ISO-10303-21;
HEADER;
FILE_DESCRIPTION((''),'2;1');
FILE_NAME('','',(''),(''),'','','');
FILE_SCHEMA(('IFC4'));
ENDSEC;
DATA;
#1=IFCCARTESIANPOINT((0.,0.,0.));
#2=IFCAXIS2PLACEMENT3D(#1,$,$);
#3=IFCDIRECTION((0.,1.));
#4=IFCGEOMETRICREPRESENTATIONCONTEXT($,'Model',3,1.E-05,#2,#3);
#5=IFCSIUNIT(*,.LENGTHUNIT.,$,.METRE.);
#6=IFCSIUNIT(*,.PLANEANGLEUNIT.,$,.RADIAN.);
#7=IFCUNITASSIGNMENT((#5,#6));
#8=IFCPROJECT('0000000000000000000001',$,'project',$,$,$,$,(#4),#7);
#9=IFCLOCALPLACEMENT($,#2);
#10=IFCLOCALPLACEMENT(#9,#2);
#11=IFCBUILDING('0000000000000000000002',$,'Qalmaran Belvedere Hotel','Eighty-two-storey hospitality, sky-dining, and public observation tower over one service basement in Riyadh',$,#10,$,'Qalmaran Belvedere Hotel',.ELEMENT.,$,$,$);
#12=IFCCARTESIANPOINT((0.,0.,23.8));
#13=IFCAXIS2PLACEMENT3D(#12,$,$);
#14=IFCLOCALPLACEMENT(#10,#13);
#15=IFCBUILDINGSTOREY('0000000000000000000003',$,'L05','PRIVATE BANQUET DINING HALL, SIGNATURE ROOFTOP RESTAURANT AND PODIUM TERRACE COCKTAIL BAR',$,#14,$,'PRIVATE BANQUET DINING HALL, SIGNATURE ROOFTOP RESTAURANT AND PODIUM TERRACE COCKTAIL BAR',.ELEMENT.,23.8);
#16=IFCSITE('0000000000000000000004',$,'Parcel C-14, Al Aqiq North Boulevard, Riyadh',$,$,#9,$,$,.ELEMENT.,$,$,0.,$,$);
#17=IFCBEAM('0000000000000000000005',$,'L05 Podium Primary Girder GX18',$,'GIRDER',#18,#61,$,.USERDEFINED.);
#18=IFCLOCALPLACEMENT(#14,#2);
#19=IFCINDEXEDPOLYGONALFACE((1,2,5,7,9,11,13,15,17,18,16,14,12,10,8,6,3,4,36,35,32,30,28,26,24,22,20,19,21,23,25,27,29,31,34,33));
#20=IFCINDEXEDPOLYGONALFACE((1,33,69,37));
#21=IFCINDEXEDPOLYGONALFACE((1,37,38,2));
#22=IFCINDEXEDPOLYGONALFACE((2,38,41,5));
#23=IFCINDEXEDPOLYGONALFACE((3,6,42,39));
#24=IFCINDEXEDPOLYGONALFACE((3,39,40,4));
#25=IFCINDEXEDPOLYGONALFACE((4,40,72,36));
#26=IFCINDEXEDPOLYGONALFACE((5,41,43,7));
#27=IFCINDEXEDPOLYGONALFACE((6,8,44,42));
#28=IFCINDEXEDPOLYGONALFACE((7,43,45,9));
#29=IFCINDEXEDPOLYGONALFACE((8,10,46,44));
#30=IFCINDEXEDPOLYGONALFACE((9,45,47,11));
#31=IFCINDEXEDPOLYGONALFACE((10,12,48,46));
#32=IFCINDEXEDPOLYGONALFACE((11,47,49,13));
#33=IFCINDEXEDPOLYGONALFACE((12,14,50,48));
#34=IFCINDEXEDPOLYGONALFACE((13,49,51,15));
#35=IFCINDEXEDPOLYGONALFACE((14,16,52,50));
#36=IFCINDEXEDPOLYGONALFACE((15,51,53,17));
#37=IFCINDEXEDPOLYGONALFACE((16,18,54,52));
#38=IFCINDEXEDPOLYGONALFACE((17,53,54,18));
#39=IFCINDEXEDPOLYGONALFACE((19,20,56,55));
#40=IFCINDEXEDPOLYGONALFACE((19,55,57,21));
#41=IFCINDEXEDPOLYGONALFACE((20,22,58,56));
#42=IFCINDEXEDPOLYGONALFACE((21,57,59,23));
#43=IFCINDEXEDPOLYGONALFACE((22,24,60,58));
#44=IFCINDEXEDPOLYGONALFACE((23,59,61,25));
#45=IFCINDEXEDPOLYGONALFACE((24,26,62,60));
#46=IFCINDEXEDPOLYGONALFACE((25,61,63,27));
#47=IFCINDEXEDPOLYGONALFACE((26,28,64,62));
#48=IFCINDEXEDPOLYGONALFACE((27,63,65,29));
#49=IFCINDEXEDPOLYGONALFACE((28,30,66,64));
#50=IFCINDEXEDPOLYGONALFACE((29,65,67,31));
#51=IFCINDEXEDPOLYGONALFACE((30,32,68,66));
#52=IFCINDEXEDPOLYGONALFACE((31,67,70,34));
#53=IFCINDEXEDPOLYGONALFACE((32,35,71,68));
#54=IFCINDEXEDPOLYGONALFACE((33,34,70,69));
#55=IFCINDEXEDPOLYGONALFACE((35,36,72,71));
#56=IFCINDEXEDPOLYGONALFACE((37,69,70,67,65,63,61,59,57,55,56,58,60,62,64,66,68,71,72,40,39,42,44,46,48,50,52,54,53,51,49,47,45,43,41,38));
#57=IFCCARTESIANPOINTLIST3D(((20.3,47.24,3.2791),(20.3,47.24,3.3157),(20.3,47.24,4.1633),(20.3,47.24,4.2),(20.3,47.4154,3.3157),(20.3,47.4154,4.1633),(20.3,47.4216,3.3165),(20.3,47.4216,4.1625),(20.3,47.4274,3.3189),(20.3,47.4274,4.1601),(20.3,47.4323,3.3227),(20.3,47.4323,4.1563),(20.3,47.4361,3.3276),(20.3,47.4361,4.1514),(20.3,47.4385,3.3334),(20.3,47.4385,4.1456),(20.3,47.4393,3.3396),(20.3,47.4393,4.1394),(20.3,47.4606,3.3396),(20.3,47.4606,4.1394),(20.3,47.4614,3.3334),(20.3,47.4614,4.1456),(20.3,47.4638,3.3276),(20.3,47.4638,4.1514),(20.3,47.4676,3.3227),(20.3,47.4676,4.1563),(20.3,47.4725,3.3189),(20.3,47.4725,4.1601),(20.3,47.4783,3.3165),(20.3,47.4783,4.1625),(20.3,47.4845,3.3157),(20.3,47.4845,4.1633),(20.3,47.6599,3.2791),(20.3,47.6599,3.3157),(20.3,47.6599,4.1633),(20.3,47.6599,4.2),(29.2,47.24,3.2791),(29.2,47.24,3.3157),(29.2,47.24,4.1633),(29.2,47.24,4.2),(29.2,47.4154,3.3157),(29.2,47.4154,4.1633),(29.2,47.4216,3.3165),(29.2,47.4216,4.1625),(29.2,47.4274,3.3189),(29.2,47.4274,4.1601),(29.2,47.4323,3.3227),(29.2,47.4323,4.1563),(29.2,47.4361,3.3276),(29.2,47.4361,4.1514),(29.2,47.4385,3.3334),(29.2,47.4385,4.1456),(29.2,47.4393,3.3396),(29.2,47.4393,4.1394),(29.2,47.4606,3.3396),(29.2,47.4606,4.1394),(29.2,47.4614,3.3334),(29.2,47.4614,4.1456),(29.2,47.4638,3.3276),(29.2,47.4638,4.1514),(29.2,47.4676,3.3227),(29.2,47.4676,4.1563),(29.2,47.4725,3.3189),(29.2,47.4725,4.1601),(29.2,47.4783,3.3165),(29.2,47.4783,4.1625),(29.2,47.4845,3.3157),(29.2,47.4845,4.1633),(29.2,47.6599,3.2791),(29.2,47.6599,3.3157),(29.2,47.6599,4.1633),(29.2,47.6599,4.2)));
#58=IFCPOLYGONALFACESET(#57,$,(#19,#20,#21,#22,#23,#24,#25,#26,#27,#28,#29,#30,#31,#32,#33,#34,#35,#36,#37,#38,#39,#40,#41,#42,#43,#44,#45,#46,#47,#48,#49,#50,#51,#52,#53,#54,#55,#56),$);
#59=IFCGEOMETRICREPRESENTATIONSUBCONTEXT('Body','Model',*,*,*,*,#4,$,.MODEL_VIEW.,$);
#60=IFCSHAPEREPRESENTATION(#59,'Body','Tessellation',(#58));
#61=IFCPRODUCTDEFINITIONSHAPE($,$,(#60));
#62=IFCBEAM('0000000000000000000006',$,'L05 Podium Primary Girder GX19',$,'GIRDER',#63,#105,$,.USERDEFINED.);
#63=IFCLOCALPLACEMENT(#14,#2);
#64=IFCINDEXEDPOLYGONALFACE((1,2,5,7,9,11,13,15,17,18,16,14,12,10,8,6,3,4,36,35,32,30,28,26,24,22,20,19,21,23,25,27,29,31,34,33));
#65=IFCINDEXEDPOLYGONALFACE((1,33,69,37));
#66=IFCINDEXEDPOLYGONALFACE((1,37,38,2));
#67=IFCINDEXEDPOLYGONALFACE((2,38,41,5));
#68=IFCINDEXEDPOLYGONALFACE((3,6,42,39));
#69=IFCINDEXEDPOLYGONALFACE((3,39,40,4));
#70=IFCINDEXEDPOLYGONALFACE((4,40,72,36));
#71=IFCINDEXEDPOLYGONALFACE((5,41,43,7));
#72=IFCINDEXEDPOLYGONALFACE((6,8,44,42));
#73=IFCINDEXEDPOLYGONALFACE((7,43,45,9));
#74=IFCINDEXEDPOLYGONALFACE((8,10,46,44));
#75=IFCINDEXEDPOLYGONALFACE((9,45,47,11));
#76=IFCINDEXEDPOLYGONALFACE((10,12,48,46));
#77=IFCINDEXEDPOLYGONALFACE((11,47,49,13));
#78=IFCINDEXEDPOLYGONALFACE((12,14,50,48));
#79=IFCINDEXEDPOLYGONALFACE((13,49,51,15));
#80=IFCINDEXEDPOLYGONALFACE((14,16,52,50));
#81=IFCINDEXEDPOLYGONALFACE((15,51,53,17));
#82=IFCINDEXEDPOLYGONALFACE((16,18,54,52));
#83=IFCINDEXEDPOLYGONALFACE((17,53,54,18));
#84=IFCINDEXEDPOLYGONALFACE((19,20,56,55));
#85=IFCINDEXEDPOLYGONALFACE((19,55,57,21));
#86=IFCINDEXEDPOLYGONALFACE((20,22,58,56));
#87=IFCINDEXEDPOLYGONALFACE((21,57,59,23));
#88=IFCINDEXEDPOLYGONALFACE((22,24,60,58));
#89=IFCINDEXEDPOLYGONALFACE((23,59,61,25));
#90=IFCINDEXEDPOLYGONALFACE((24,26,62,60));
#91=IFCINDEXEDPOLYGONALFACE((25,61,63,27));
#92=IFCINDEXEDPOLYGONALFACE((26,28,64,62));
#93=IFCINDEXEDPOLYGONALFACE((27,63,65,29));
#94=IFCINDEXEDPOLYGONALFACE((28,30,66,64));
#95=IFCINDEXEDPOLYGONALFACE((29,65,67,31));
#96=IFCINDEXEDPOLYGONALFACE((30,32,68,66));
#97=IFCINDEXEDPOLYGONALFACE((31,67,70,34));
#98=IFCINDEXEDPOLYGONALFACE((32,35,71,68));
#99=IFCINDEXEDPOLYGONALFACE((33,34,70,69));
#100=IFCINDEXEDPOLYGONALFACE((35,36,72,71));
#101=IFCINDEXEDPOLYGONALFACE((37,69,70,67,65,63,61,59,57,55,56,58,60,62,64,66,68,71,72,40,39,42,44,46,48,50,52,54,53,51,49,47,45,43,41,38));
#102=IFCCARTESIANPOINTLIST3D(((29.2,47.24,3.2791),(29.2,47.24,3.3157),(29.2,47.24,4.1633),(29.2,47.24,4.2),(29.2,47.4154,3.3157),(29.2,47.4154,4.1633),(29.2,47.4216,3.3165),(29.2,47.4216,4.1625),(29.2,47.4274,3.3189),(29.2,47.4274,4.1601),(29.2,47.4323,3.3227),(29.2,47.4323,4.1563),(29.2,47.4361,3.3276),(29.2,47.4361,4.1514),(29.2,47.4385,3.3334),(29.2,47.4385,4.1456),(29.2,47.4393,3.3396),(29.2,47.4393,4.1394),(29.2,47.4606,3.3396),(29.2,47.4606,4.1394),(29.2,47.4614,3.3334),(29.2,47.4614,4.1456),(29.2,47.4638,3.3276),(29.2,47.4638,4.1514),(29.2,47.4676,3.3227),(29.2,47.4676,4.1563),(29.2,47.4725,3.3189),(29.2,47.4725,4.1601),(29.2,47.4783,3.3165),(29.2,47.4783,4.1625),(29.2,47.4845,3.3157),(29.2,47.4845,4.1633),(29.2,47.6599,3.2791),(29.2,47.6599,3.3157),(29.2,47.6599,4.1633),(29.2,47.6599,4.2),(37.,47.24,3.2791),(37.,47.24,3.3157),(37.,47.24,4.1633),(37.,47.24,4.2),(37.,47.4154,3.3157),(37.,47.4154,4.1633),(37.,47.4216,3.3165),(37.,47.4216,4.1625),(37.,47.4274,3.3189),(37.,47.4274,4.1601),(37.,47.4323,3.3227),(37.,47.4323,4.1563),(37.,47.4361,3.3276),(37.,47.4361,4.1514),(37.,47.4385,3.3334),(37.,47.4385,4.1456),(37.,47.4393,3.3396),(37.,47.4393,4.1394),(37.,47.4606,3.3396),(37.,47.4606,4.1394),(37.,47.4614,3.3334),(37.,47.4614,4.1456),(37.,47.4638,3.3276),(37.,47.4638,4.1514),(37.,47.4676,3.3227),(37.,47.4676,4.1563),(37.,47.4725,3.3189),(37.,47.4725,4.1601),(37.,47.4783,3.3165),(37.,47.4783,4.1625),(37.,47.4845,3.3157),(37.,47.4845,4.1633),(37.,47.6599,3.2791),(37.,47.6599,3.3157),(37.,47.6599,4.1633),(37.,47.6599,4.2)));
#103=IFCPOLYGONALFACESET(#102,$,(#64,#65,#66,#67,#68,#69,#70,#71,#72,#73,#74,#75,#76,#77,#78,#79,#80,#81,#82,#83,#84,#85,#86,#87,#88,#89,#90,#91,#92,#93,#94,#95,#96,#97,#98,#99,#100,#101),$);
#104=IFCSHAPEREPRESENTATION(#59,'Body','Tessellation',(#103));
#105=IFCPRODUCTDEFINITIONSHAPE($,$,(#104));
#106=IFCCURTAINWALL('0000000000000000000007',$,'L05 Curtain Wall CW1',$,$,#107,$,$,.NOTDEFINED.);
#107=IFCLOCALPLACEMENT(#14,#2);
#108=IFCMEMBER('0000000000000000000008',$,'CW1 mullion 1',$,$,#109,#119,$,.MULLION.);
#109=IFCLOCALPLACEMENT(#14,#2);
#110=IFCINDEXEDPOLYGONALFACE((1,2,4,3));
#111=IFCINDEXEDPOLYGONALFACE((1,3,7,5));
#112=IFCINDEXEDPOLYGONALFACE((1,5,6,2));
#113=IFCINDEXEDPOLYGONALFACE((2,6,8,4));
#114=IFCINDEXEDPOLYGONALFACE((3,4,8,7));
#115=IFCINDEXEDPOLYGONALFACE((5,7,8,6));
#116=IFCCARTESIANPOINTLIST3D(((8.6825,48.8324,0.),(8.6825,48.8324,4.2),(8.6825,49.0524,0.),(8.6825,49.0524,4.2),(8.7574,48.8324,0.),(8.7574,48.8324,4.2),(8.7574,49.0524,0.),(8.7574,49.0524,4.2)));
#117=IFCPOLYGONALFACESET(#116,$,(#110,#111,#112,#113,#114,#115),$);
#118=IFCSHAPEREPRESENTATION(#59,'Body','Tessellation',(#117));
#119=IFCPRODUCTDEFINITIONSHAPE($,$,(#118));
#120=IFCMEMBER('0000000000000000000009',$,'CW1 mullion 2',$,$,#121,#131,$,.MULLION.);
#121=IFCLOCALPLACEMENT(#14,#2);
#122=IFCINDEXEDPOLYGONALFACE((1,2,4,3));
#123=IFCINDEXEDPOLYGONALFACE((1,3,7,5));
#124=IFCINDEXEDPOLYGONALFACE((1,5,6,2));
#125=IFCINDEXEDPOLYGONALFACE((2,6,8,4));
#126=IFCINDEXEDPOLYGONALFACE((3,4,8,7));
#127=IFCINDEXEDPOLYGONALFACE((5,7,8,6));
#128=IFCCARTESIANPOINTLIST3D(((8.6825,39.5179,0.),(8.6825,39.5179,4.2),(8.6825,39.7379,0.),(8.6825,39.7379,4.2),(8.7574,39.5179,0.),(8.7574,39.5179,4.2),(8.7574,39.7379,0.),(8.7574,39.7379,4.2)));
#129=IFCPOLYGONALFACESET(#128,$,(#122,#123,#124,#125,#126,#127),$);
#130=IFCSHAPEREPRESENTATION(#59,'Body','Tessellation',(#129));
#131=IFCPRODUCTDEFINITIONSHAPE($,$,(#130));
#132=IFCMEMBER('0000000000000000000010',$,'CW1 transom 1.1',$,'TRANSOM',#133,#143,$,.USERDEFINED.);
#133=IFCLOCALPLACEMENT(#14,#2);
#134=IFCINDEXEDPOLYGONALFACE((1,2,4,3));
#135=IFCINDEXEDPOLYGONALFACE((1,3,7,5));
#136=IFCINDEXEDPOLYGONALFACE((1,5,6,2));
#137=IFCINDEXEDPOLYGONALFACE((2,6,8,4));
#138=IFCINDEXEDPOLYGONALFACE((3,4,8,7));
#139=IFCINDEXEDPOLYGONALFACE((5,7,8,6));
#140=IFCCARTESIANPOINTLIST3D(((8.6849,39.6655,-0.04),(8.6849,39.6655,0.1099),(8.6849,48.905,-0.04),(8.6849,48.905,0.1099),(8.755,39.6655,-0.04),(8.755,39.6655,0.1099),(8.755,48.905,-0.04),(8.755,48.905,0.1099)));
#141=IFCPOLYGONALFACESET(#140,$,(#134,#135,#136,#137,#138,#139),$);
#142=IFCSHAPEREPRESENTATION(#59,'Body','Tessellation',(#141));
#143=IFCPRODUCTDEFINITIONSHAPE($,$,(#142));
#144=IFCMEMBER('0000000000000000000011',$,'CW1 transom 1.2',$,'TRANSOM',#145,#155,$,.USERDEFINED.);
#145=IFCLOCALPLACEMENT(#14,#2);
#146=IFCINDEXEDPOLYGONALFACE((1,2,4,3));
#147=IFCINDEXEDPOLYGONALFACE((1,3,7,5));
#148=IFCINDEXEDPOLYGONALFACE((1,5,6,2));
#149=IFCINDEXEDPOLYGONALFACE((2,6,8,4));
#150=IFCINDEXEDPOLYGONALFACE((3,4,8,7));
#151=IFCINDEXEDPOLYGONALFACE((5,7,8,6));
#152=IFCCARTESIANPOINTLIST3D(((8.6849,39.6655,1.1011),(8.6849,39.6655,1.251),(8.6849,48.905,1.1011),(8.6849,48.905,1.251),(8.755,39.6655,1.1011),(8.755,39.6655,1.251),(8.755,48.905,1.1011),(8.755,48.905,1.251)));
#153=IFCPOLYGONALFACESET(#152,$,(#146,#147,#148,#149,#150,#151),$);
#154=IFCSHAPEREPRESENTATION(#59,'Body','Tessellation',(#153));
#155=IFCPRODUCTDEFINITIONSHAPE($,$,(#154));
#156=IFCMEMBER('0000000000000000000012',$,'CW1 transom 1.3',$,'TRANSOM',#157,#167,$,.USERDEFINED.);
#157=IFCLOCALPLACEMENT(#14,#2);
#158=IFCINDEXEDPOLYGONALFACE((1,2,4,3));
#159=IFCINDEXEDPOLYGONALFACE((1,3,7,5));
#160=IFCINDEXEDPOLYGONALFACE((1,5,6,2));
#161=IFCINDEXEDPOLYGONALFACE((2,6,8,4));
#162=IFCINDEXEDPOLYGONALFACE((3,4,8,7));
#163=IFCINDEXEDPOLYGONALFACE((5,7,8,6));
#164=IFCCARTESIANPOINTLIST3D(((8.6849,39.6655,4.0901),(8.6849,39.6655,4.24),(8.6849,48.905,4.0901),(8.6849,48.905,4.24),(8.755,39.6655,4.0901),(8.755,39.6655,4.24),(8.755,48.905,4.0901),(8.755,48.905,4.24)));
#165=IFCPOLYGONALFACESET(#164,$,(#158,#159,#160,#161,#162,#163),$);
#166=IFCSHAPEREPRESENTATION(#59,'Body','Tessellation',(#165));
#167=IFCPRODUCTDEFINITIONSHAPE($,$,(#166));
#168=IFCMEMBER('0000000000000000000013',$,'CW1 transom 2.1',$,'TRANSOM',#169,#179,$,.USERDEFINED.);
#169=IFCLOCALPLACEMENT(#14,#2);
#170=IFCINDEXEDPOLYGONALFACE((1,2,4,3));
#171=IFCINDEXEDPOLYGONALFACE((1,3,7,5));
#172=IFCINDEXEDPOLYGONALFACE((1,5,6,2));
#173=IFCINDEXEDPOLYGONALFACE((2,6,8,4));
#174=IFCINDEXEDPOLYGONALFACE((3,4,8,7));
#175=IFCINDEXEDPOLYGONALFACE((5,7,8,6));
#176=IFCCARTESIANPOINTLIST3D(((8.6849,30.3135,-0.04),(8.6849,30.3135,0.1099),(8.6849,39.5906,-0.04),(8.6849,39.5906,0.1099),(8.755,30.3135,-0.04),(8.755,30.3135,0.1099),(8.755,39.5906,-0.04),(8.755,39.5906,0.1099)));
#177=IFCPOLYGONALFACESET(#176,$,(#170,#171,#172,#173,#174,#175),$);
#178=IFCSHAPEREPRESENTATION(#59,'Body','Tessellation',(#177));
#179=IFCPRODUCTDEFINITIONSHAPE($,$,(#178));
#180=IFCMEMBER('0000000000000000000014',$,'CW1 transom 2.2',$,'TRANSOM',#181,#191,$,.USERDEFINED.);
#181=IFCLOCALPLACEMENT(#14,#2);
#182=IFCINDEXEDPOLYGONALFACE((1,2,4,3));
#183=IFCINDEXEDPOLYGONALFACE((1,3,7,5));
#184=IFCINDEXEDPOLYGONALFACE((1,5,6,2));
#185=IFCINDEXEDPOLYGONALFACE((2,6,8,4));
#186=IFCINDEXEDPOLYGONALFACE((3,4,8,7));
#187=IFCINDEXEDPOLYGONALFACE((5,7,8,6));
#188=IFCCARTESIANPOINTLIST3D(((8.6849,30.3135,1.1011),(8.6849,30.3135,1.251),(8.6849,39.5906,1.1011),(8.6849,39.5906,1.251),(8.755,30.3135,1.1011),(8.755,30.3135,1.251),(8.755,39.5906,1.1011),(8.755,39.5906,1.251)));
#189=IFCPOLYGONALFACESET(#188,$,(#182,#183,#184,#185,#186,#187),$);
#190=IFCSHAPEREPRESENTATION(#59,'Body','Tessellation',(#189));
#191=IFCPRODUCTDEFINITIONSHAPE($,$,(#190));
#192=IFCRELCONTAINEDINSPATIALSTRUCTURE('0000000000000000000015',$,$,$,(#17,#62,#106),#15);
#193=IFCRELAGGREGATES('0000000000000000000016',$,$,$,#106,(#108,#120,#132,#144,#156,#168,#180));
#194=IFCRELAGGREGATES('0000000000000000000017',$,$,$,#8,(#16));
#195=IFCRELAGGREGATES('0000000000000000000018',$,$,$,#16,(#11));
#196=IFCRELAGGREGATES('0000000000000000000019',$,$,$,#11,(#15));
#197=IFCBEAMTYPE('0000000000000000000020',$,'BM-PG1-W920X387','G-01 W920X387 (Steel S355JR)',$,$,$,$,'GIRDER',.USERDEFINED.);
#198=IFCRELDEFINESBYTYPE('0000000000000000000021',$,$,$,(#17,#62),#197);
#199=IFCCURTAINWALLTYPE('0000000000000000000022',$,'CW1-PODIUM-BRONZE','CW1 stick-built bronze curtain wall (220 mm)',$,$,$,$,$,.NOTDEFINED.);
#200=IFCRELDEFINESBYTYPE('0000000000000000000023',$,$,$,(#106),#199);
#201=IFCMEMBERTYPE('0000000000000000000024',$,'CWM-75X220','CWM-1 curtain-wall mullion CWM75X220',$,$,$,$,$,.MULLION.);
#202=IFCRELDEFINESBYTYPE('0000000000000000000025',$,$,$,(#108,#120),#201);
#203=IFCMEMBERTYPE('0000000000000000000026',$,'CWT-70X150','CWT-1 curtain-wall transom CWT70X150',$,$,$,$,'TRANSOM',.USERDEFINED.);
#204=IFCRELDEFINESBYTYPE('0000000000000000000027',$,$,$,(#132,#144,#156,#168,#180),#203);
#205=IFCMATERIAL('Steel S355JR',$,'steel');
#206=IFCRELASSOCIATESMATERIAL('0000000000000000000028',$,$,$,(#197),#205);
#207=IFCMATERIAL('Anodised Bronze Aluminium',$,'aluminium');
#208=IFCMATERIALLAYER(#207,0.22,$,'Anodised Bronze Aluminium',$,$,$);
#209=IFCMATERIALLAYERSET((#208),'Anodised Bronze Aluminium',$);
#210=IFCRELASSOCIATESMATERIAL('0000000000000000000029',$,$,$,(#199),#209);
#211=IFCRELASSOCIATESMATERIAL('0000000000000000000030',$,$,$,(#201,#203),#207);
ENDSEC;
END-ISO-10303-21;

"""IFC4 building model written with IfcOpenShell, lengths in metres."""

from ifc_helpers import new_model, si_unit, direction, frame, origin, origin_2d, place, context, subcontext, project, spatial, rectangle, i_section, extrude, material, layer, layer_set, material_profile, profile_set, type_object, element, aggregate, save


model = new_model("IFC4")

# Units and contexts
model_context = context("Model", 3, precision=1e-05, world=origin(), true_north=direction((0.0, 1.0)))
body_context = subcontext(model_context, "Body", "Model", "MODEL_VIEW")
ifc_project = project(units=[si_unit("LENGTHUNIT", "METRE"), si_unit("PLANEANGLEUNIT", "RADIAN")], contexts=[model_context])

# Site, building, storey
site_placement = place(None, origin())
site = spatial("IfcSite", under=ifc_project, at=site_placement, Name="Parcel C-14, Al Aqiq North Boulevard, Riyadh", CompositionType="ELEMENT", RefElevation=0.0)
building_placement = place(site_placement, origin())
building = spatial("IfcBuilding", under=site, at=building_placement, Name="Qalmaran Belvedere Hotel", Description="Eighty-two-storey hospitality, sky-dining, and public observation tower over one service basement in Riyadh", LongName="Qalmaran Belvedere Hotel", CompositionType="ELEMENT")
storey_placement = place(building_placement, frame((0.0, 0.0, 23.8)))
storey = spatial("IfcBuildingStorey", under=building, at=storey_placement, Name="L05", Description="PRIVATE BANQUET DINING HALL, SIGNATURE ROOFTOP RESTAURANT AND PODIUM TERRACE COCKTAIL BAR", LongName="PRIVATE BANQUET DINING HALL, SIGNATURE ROOFTOP RESTAURANT AND PODIUM TERRACE COCKTAIL BAR", CompositionType="ELEMENT", Elevation=23.8)

# Beams
ifc_material_1 = material(Name="Steel S355JR", Category="steel")
ifc_material_profile_1 = material_profile(ifc_material_1, i_section(OverallWidth=0.4199, OverallDepth=0.9209, WebThickness=0.0212, FlangeThickness=0.0366, FilletRadius=0.0239, at=origin_2d()), Name="W920X387")
ifc_profile_set_1 = profile_set([ifc_material_profile_1], Name="Steel S355JR")
beam_type_1 = type_object("IfcBeamType", Name="BM-PG1-W920X387", Description="G-01 W920X387 (Steel S355JR)", ElementType="GIRDER", PredefinedType="USERDEFINED", material=ifc_profile_set_1)
beam_1_placement = place(storey_placement, frame((20.3, 47.45, 3.7395), z_axis=(1.0, 0.0, 0.0), x_axis=(0.0, 1.0, 0.0)))
element("IfcBeam", 1, at=beam_1_placement, inside=storey, type_object=beam_type_1, Name="L05 Podium Primary Girder GX18", ObjectType="GIRDER", PredefinedType="USERDEFINED", context=body_context, shape_type="SweptSolid", body=[
    extrude(i_section(OverallWidth=0.4199, OverallDepth=0.9209, WebThickness=0.0212, FlangeThickness=0.0366, FilletRadius=0.0239, at=origin_2d()), origin(), (0.0, 0.0, 1.0), 8.8999),
])
beam_2_placement = place(storey_placement, frame((29.2, 47.45, 3.7395), z_axis=(1.0, 0.0, 0.0), x_axis=(0.0, 1.0, 0.0)))
element("IfcBeam", 2, at=beam_2_placement, inside=storey, type_object=beam_type_1, Name="L05 Podium Primary Girder GX19", ObjectType="GIRDER", PredefinedType="USERDEFINED", context=body_context, shape_type="SweptSolid", body=[
    extrude(i_section(OverallWidth=0.4199, OverallDepth=0.9209, WebThickness=0.0212, FlangeThickness=0.0366, FilletRadius=0.0239, at=origin_2d()), origin(), (0.0, 0.0, 1.0), 7.8),
])

# Curtain wall, members
ifc_material_2 = material(Name="Anodised Bronze Aluminium", Category="aluminium")
ifc_layer_1 = layer(ifc_material_2, 0.22, Name="Anodised Bronze Aluminium")
ifc_layer_set_1 = layer_set([ifc_layer_1], Name="Anodised Bronze Aluminium")
curtain_wall_type = type_object("IfcCurtainWallType", Name="CW1-PODIUM-BRONZE", Description="CW1 stick-built bronze curtain wall (220 mm)", PredefinedType="NOTDEFINED", material=ifc_layer_set_1)
curtain_wall_placement = place(storey_placement, origin())
curtain_wall = element("IfcCurtainWall", 3, at=curtain_wall_placement, inside=storey, type_object=curtain_wall_type, Name="L05 Curtain Wall CW1", PredefinedType="NOTDEFINED")
ifc_material_profile_2 = material_profile(ifc_material_2, rectangle(XDim=0.075, YDim=0.22, at=origin_2d()), Name="CWM75X220")
ifc_profile_set_2 = profile_set([ifc_material_profile_2], Name="Anodised Bronze Aluminium")
member_type_1 = type_object("IfcMemberType", Name="CWM-75X220", Description="CWM-1 curtain-wall mullion CWM75X220", PredefinedType="MULLION", material=ifc_profile_set_2)
member_1_placement = place(storey_placement, frame((8.72, 48.9424, 0.0), z_axis=(0.0, 0.0, 1.0), x_axis=(1.0, 0.0, 0.0)))
member_1 = element("IfcMember", 4, at=member_1_placement, type_object=member_type_1, Name="CW1 mullion 1", PredefinedType="MULLION", context=body_context, shape_type="SweptSolid", body=[
    extrude(rectangle(XDim=0.075, YDim=0.22, at=origin_2d()), origin(), (0.0, 0.0, 1.0), 4.2),
])
member_2_placement = place(storey_placement, frame((8.72, 39.6279, 0.0), z_axis=(0.0, 0.0, 1.0), x_axis=(1.0, 0.0, 0.0)))
member_2 = element("IfcMember", 5, at=member_2_placement, type_object=member_type_1, Name="CW1 mullion 2", PredefinedType="MULLION", context=body_context, shape_type="SweptSolid", body=[
    extrude(rectangle(XDim=0.075, YDim=0.22, at=origin_2d()), origin(), (0.0, 0.0, 1.0), 4.2),
])
ifc_material_profile_3 = material_profile(ifc_material_2, rectangle(XDim=0.0701, YDim=0.1499, at=origin_2d()), Name="CWT70X150")
ifc_profile_set_3 = profile_set([ifc_material_profile_3], Name="Anodised Bronze Aluminium")
member_type_2 = type_object("IfcMemberType", Name="CWT-70X150", Description="CWT-1 curtain-wall transom CWT70X150", ElementType="TRANSOM", PredefinedType="USERDEFINED", material=ifc_profile_set_3)
member_3_placement = place(storey_placement, frame((8.72, 48.905, 0.0349), z_axis=(0.0, -1.0, 0.0), x_axis=(1.0, 0.0, 0.0)))
member_3 = element("IfcMember", 6, at=member_3_placement, type_object=member_type_2, Name="CW1 transom 1.1", ObjectType="TRANSOM", PredefinedType="USERDEFINED", context=body_context, shape_type="SweptSolid", body=[
    extrude(rectangle(XDim=0.0701, YDim=0.1499, at=origin_2d()), origin(), (0.0, 0.0, 1.0), 9.2395),
])
member_4_placement = place(storey_placement, frame((8.72, 48.905, 1.176), z_axis=(0.0, -1.0, 0.0), x_axis=(1.0, 0.0, 0.0)))
member_4 = element("IfcMember", 7, at=member_4_placement, type_object=member_type_2, Name="CW1 transom 1.2", ObjectType="TRANSOM", PredefinedType="USERDEFINED", context=body_context, shape_type="SweptSolid", body=[
    extrude(rectangle(XDim=0.0701, YDim=0.1499, at=origin_2d()), origin(), (0.0, 0.0, 1.0), 9.2395),
])
member_5_placement = place(storey_placement, frame((8.72, 48.905, 4.165), z_axis=(0.0, -1.0, 0.0), x_axis=(1.0, 0.0, 0.0)))
member_5 = element("IfcMember", 8, at=member_5_placement, type_object=member_type_2, Name="CW1 transom 1.3", ObjectType="TRANSOM", PredefinedType="USERDEFINED", context=body_context, shape_type="SweptSolid", body=[
    extrude(rectangle(XDim=0.0701, YDim=0.1499, at=origin_2d()), origin(), (0.0, 0.0, 1.0), 9.2395),
])
member_6_placement = place(storey_placement, frame((8.72, 39.5906, 0.0349), z_axis=(0.0, -1.0, 0.0), x_axis=(1.0, 0.0, 0.0)))
member_6 = element("IfcMember", 9, at=member_6_placement, type_object=member_type_2, Name="CW1 transom 2.1", ObjectType="TRANSOM", PredefinedType="USERDEFINED", context=body_context, shape_type="SweptSolid", body=[
    extrude(rectangle(XDim=0.0701, YDim=0.1499, at=origin_2d()), origin(), (0.0, 0.0, 1.0), 9.2771),
])
member_7_placement = place(storey_placement, frame((8.72, 39.5906, 1.176), z_axis=(0.0, -1.0, 0.0), x_axis=(1.0, 0.0, 0.0)))
member_7 = element("IfcMember", 10, at=member_7_placement, type_object=member_type_2, Name="CW1 transom 2.2", ObjectType="TRANSOM", PredefinedType="USERDEFINED", context=body_context, shape_type="SweptSolid", body=[
    extrude(rectangle(XDim=0.0701, YDim=0.1499, at=origin_2d()), origin(), (0.0, 0.0, 1.0), 9.2771),
])
aggregate(curtain_wall, [member_1, member_2, member_3, member_4, member_5, member_6, member_7])

save(model, "model.ifc")
